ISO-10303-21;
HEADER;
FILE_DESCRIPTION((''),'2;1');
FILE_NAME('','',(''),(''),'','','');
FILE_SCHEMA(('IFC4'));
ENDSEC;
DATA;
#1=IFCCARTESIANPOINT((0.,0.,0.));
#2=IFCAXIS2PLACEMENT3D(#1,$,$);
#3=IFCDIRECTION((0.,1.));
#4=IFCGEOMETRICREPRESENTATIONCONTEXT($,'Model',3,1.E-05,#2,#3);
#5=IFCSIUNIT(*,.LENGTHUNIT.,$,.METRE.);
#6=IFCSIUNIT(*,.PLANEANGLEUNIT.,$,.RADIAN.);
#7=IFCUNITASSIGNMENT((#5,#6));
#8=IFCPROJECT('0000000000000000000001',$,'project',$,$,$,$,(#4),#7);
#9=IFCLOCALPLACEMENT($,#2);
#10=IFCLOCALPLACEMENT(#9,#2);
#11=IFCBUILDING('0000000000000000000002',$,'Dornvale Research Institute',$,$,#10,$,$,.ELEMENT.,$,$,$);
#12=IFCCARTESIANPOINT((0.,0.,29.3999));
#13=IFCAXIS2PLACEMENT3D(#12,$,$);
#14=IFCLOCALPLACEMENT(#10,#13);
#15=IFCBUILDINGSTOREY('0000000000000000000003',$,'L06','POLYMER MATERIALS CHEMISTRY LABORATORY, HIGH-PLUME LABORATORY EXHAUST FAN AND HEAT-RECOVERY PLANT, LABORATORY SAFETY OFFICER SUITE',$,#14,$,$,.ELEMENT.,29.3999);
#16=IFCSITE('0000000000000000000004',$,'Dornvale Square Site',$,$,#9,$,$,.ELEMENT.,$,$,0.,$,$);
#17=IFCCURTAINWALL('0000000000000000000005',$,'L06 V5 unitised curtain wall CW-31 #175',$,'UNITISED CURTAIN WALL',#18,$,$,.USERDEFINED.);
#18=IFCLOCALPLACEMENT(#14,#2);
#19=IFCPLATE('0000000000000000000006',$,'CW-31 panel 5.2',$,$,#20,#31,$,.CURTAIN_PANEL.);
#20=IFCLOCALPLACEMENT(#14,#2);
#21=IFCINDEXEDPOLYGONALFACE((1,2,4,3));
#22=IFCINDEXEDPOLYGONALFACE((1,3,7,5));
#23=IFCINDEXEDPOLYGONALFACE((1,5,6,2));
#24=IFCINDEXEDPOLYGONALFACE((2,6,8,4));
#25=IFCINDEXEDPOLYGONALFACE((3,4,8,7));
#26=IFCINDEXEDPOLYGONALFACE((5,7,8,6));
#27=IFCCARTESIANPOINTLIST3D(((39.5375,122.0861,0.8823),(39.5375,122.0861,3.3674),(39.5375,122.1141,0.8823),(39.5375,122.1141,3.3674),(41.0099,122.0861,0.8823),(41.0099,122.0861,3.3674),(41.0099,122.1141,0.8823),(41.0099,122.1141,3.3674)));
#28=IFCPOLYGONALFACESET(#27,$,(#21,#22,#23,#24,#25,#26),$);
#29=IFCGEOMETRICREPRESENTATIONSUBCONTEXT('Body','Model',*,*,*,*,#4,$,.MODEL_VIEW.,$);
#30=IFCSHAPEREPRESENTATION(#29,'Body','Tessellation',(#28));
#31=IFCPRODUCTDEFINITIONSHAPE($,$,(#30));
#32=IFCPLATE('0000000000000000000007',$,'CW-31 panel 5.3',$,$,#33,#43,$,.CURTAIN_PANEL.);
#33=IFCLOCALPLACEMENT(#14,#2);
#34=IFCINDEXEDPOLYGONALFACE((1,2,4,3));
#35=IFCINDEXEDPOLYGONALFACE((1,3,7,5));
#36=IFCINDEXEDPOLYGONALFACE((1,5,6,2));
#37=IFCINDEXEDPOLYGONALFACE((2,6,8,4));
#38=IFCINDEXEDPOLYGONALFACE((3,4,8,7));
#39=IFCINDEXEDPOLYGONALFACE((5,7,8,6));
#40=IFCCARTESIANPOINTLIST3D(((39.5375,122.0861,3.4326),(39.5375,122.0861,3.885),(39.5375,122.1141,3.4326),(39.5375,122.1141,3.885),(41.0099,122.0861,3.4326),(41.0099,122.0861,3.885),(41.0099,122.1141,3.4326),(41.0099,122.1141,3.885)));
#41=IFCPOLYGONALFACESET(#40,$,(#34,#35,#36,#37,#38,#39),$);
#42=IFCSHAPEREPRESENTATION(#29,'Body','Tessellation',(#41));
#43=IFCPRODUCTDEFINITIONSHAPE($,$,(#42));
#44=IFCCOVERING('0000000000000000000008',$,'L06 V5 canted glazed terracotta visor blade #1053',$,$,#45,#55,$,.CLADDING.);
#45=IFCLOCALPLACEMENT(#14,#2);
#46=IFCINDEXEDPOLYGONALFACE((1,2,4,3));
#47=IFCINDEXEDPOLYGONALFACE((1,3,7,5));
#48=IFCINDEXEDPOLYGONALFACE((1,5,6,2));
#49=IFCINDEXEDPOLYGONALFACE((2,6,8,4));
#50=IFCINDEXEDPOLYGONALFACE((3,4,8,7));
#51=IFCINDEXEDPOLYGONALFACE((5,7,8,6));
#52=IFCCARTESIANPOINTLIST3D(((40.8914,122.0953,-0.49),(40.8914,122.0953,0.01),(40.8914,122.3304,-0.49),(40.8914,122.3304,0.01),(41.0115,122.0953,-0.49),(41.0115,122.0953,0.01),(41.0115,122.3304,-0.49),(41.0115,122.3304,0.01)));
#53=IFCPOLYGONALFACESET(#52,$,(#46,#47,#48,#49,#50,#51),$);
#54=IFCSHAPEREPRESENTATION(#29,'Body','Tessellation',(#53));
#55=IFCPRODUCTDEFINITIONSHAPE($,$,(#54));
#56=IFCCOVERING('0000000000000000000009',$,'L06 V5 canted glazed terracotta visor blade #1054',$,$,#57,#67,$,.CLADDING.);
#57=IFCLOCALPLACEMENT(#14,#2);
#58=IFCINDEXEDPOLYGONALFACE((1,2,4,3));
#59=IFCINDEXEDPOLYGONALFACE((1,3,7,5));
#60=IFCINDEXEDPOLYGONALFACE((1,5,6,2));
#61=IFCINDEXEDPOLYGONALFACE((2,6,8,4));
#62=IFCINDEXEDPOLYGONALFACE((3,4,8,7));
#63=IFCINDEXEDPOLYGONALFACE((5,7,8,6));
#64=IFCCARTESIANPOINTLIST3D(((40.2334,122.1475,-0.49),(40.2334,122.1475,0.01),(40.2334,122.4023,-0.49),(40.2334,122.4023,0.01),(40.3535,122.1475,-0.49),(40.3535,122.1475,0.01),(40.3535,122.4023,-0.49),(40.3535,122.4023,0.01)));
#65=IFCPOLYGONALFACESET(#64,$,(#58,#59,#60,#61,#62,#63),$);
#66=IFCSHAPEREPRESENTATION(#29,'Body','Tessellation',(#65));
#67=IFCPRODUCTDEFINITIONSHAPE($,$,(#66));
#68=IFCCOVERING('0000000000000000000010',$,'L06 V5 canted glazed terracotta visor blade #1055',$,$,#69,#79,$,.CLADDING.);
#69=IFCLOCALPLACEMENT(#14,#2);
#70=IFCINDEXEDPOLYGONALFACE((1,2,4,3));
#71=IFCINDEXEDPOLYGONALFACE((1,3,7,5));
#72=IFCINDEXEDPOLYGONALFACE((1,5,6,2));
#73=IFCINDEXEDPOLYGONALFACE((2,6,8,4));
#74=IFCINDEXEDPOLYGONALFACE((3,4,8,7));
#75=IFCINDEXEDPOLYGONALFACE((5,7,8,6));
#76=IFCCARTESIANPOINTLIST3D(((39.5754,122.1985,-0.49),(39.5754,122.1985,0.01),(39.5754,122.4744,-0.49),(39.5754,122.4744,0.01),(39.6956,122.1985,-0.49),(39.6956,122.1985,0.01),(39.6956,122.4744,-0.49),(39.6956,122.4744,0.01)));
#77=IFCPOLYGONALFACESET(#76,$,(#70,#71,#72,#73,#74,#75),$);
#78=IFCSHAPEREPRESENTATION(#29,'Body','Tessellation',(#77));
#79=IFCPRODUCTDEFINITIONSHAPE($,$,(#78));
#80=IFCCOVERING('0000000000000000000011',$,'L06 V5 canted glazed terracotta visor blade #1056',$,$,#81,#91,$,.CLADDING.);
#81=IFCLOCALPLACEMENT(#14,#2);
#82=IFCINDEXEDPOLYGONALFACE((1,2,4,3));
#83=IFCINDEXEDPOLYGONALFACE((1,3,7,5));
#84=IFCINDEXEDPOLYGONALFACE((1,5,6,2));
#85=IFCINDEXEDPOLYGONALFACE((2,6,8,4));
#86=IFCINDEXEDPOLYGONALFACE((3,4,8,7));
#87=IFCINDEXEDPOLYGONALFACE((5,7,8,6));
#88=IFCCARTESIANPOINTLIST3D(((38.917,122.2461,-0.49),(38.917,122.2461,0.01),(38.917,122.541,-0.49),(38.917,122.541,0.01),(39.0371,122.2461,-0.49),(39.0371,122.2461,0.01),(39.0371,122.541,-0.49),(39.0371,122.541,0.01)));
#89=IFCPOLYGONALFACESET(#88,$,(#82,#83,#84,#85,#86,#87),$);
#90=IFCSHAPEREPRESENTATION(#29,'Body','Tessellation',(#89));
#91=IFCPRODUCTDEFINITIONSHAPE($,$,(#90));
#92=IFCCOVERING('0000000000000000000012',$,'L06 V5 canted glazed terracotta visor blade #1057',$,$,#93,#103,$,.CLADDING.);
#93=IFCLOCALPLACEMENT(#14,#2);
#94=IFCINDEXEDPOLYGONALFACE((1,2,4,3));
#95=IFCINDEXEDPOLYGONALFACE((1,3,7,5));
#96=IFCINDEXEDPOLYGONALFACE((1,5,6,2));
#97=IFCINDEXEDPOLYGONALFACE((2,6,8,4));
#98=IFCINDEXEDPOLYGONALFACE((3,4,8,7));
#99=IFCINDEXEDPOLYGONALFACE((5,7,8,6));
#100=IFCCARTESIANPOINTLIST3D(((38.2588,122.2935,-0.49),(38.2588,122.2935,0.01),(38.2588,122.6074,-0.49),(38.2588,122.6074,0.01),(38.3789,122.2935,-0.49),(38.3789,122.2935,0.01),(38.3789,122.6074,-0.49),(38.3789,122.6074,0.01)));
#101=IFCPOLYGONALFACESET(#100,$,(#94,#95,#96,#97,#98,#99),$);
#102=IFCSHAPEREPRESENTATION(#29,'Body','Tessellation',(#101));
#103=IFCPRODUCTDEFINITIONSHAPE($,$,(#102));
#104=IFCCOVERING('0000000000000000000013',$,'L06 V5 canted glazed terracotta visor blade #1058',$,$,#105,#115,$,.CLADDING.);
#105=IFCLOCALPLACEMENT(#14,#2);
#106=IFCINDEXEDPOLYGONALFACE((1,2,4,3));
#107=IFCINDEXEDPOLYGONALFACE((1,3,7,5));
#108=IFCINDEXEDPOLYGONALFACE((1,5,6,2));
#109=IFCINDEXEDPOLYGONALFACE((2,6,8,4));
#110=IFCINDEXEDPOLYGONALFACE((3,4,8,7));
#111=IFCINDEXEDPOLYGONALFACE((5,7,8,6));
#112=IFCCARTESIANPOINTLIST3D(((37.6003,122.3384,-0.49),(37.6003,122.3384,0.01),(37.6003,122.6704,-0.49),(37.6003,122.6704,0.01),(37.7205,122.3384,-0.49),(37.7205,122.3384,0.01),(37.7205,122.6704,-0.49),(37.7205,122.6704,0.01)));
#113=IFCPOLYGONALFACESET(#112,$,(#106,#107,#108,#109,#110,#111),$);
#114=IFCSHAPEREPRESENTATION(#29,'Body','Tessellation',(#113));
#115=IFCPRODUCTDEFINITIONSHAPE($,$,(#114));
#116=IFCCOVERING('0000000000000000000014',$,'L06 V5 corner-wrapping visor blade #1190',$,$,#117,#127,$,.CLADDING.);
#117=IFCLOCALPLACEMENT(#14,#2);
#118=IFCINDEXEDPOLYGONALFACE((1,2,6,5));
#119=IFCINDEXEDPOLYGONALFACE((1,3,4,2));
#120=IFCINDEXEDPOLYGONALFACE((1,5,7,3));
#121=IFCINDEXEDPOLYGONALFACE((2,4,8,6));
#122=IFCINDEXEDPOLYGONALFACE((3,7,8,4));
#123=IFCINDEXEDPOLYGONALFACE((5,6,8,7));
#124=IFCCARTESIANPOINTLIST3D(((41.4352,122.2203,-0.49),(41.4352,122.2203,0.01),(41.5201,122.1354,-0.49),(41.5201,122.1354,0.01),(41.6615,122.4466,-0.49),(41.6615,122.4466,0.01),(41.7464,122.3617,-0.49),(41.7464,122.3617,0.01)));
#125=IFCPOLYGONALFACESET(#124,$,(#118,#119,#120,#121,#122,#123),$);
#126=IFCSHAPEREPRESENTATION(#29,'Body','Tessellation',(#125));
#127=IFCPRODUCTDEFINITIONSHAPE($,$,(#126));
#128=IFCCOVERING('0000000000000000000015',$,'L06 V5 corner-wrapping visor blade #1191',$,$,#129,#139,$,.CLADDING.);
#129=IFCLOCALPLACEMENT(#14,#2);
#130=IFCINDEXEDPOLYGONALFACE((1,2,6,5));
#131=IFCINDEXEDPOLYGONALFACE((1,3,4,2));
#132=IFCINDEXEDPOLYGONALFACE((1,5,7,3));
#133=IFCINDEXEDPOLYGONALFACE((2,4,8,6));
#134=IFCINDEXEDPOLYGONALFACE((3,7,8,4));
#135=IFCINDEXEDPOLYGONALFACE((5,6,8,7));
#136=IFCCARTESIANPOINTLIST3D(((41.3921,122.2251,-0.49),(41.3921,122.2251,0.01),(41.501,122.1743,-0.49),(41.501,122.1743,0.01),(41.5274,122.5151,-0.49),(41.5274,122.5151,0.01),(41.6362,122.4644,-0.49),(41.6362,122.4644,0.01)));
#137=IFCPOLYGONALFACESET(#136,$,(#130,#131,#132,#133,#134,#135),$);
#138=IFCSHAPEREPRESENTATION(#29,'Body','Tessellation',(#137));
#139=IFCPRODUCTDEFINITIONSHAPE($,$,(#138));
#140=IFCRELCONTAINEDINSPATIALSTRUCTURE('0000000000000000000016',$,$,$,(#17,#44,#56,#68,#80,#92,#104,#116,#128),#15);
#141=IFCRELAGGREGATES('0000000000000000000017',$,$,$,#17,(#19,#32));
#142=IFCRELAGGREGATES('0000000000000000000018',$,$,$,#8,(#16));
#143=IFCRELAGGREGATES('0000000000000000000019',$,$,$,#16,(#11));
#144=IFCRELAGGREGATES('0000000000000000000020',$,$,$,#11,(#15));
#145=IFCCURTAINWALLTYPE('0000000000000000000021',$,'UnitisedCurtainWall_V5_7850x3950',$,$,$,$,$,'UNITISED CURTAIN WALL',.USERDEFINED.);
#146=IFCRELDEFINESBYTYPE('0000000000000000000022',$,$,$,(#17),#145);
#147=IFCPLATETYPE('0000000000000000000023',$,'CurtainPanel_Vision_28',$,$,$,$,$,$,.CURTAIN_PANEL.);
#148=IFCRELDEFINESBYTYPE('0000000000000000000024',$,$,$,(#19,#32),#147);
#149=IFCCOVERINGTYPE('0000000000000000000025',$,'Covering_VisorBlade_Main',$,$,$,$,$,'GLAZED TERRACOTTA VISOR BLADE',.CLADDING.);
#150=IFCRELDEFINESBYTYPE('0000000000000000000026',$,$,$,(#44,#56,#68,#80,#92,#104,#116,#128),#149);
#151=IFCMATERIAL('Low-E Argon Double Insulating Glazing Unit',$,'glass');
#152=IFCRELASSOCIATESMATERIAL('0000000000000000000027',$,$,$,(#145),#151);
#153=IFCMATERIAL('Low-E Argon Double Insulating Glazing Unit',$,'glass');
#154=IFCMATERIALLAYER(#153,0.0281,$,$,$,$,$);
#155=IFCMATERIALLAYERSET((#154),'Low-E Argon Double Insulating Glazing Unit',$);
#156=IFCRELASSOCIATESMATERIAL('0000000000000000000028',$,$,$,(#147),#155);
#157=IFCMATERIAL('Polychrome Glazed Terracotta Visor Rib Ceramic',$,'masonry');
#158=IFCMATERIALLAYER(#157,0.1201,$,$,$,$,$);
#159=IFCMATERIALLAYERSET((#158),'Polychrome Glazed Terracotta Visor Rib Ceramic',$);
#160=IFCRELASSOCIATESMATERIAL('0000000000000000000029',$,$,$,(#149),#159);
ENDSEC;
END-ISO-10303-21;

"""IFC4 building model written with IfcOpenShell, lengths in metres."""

from ifc_helpers import new_model, si_unit, direction, frame, origin, origin_2d, place, context, subcontext, project, spatial, rectangle, extrude, material, layer, layer_set, type_object, element, aggregate, save


model = new_model("IFC4")

# Units and contexts
model_context = context("Model", 3, precision=1e-05, world=origin(), true_north=direction((0.0, 1.0)))
body_context = subcontext(model_context, "Body", "Model", "MODEL_VIEW")
ifc_project = project(units=[si_unit("LENGTHUNIT", "METRE"), si_unit("PLANEANGLEUNIT", "RADIAN")], contexts=[model_context])

# Site, building, storey
site_placement = place(None, origin())
site = spatial("IfcSite", under=ifc_project, at=site_placement, Name="Dornvale Square Site", CompositionType="ELEMENT", RefElevation=0.0)
building_placement = place(site_placement, origin())
building = spatial("IfcBuilding", under=site, at=building_placement, Name="Dornvale Research Institute", CompositionType="ELEMENT")
storey_placement = place(building_placement, frame((0.0, 0.0, 29.3999)))
storey = spatial("IfcBuildingStorey", under=building, at=storey_placement, Name="L06", Description="POLYMER MATERIALS CHEMISTRY LABORATORY, HIGH-PLUME LABORATORY EXHAUST FAN AND HEAT-RECOVERY PLANT, LABORATORY SAFETY OFFICER SUITE", CompositionType="ELEMENT", Elevation=29.3999)

# Curtain wall, plates
ifc_material_1 = material(Name="Low-E Argon Double Insulating Glazing Unit", Category="glass")
curtain_wall_type = type_object("IfcCurtainWallType", Name="UnitisedCurtainWall_V5_7850x3950", ElementType="UNITISED CURTAIN WALL", PredefinedType="USERDEFINED", material=ifc_material_1)
curtain_wall_placement = place(storey_placement, origin())
curtain_wall = element("IfcCurtainWall", 1, at=curtain_wall_placement, inside=storey, type_object=curtain_wall_type, Name="L06 V5 unitised curtain wall CW-31 #175", ObjectType="UNITISED CURTAIN WALL", PredefinedType="USERDEFINED")
ifc_material_2 = material(Name="Low-E Argon Double Insulating Glazing Unit", Category="glass")
ifc_layer_1 = layer(ifc_material_2, 0.0281)
ifc_layer_set_1 = layer_set([ifc_layer_1], Name="Low-E Argon Double Insulating Glazing Unit")
plate_type_1 = type_object("IfcPlateType", Name="CurtainPanel_Vision_28", PredefinedType="CURTAIN_PANEL", material=ifc_layer_set_1)
plate_1_placement = place(storey_placement, frame((40.2737, 122.1001, 0.8823), z_axis=(0.0, 0.0, 1.0), x_axis=(1.0, 0.0, 0.0)))
plate_1 = element("IfcPlate", 2, at=plate_1_placement, type_object=plate_type_1, Name="CW-31 panel 5.2", PredefinedType="CURTAIN_PANEL", context=body_context, shape_type="SweptSolid", body=[
    extrude(rectangle(XDim=1.4724, YDim=0.0281, at=origin_2d()), origin(), (0.0, 0.0, 1.0), 2.4851),
])
plate_2_placement = place(storey_placement, frame((40.2737, 122.1001, 3.4326), z_axis=(0.0, 0.0, 1.0), x_axis=(1.0, 0.0, 0.0)))
plate_2 = element("IfcPlate", 3, at=plate_2_placement, type_object=plate_type_1, Name="CW-31 panel 5.3", PredefinedType="CURTAIN_PANEL", context=body_context, shape_type="SweptSolid", body=[
    extrude(rectangle(XDim=1.4724, YDim=0.0281, at=origin_2d()), origin(), (0.0, 0.0, 1.0), 0.4524),
])
aggregate(curtain_wall, [plate_1, plate_2])

# Coverings
ifc_material_3 = material(Name="Polychrome Glazed Terracotta Visor Rib Ceramic", Category="masonry")
ifc_layer_2 = layer(ifc_material_3, 0.1201)
ifc_layer_set_2 = layer_set([ifc_layer_2], Name="Polychrome Glazed Terracotta Visor Rib Ceramic")
covering_type = type_object("IfcCoveringType", Name="Covering_VisorBlade_Main", ElementType="GLAZED TERRACOTTA VISOR BLADE", PredefinedType="CLADDING", material=ifc_layer_set_2)
covering_1_placement = place(storey_placement, frame((40.9514, 122.2129, -0.49), z_axis=(0.0, 0.0, 1.0), x_axis=(0.0, 1.0, 0.0)))
element("IfcCovering", 4, at=covering_1_placement, inside=storey, type_object=covering_type, Name="L06 V5 canted glazed terracotta visor blade #1053", PredefinedType="CLADDING", context=body_context, shape_type="SweptSolid", body=[
    extrude(rectangle(XDim=0.2351, YDim=0.1201, at=origin_2d()), origin(), (0.0, 0.0, 1.0), 0.5),
])
covering_2_placement = place(storey_placement, frame((40.2935, 122.2749, -0.49), z_axis=(0.0, 0.0, 1.0), x_axis=(0.0, 1.0, 0.0)))
element("IfcCovering", 5, at=covering_2_placement, inside=storey, type_object=covering_type, Name="L06 V5 canted glazed terracotta visor blade #1054", PredefinedType="CLADDING", context=body_context, shape_type="SweptSolid", body=[
    extrude(rectangle(XDim=0.2549, YDim=0.1201, at=origin_2d()), origin(), (0.0, 0.0, 1.0), 0.5),
])
covering_3_placement = place(storey_placement, frame((39.6355, 122.3364, -0.49), z_axis=(0.0, 0.0, 1.0), x_axis=(0.0, 1.0, 0.0)))
element("IfcCovering", 6, at=covering_3_placement, inside=storey, type_object=covering_type, Name="L06 V5 canted glazed terracotta visor blade #1055", PredefinedType="CLADDING", context=body_context, shape_type="SweptSolid", body=[
    extrude(rectangle(XDim=0.2759, YDim=0.1201, at=origin_2d()), origin(), (0.0, 0.0, 1.0), 0.5),
])
covering_4_placement = place(storey_placement, frame((38.9771, 122.3936, -0.49), z_axis=(0.0, 0.0, 1.0), x_axis=(0.0, 1.0, 0.0)))
element("IfcCovering", 7, at=covering_4_placement, inside=storey, type_object=covering_type, Name="L06 V5 canted glazed terracotta visor blade #1056", PredefinedType="CLADDING", context=body_context, shape_type="SweptSolid", body=[
    extrude(rectangle(XDim=0.2949, YDim=0.1201, at=origin_2d()), origin(), (0.0, 0.0, 1.0), 0.5),
])
covering_5_placement = place(storey_placement, frame((38.3188, 122.4504, -0.49), z_axis=(0.0, 0.0, 1.0), x_axis=(0.0, 1.0, 0.0)))
element("IfcCovering", 8, at=covering_5_placement, inside=storey, type_object=covering_type, Name="L06 V5 canted glazed terracotta visor blade #1057", PredefinedType="CLADDING", context=body_context, shape_type="SweptSolid", body=[
    extrude(rectangle(XDim=0.314, YDim=0.1201, at=origin_2d()), origin(), (0.0, 0.0, 1.0), 0.5),
])
covering_6_placement = place(storey_placement, frame((37.6604, 122.5044, -0.49), z_axis=(0.0, 0.0, 1.0), x_axis=(0.0, 1.0, 0.0)))
element("IfcCovering", 9, at=covering_6_placement, inside=storey, type_object=covering_type, Name="L06 V5 canted glazed terracotta visor blade #1058", PredefinedType="CLADDING", context=body_context, shape_type="SweptSolid", body=[
    extrude(rectangle(XDim=0.332, YDim=0.1201, at=origin_2d()), origin(), (0.0, 0.0, 1.0), 0.5),
])
for number, where, z_axis, x_axis, name in (
    (10, (41.5908, 122.291, -0.49), (0.0, 0.0, 1.0), (0.707107, 0.707107, 0.0), "L06 V5 corner-wrapping visor blade #1190"),
    (11, (41.5142, 122.3447, -0.49), (0.0, 0.0, 1.0), (0.422618, 0.906308, 0.0), "L06 V5 corner-wrapping visor blade #1191"),
):
    element("IfcCovering", number, at=place(storey_placement, frame(where, z_axis=z_axis, x_axis=x_axis)), inside=storey, type_object=covering_type, Name=name, PredefinedType="CLADDING", context=body_context, shape_type="SweptSolid", body=[
        extrude(rectangle(XDim=0.3201, YDim=0.1201, at=origin_2d()), origin(), (0.0, 0.0, 1.0), 0.5),
    ])

save(model, "model.ifc")
